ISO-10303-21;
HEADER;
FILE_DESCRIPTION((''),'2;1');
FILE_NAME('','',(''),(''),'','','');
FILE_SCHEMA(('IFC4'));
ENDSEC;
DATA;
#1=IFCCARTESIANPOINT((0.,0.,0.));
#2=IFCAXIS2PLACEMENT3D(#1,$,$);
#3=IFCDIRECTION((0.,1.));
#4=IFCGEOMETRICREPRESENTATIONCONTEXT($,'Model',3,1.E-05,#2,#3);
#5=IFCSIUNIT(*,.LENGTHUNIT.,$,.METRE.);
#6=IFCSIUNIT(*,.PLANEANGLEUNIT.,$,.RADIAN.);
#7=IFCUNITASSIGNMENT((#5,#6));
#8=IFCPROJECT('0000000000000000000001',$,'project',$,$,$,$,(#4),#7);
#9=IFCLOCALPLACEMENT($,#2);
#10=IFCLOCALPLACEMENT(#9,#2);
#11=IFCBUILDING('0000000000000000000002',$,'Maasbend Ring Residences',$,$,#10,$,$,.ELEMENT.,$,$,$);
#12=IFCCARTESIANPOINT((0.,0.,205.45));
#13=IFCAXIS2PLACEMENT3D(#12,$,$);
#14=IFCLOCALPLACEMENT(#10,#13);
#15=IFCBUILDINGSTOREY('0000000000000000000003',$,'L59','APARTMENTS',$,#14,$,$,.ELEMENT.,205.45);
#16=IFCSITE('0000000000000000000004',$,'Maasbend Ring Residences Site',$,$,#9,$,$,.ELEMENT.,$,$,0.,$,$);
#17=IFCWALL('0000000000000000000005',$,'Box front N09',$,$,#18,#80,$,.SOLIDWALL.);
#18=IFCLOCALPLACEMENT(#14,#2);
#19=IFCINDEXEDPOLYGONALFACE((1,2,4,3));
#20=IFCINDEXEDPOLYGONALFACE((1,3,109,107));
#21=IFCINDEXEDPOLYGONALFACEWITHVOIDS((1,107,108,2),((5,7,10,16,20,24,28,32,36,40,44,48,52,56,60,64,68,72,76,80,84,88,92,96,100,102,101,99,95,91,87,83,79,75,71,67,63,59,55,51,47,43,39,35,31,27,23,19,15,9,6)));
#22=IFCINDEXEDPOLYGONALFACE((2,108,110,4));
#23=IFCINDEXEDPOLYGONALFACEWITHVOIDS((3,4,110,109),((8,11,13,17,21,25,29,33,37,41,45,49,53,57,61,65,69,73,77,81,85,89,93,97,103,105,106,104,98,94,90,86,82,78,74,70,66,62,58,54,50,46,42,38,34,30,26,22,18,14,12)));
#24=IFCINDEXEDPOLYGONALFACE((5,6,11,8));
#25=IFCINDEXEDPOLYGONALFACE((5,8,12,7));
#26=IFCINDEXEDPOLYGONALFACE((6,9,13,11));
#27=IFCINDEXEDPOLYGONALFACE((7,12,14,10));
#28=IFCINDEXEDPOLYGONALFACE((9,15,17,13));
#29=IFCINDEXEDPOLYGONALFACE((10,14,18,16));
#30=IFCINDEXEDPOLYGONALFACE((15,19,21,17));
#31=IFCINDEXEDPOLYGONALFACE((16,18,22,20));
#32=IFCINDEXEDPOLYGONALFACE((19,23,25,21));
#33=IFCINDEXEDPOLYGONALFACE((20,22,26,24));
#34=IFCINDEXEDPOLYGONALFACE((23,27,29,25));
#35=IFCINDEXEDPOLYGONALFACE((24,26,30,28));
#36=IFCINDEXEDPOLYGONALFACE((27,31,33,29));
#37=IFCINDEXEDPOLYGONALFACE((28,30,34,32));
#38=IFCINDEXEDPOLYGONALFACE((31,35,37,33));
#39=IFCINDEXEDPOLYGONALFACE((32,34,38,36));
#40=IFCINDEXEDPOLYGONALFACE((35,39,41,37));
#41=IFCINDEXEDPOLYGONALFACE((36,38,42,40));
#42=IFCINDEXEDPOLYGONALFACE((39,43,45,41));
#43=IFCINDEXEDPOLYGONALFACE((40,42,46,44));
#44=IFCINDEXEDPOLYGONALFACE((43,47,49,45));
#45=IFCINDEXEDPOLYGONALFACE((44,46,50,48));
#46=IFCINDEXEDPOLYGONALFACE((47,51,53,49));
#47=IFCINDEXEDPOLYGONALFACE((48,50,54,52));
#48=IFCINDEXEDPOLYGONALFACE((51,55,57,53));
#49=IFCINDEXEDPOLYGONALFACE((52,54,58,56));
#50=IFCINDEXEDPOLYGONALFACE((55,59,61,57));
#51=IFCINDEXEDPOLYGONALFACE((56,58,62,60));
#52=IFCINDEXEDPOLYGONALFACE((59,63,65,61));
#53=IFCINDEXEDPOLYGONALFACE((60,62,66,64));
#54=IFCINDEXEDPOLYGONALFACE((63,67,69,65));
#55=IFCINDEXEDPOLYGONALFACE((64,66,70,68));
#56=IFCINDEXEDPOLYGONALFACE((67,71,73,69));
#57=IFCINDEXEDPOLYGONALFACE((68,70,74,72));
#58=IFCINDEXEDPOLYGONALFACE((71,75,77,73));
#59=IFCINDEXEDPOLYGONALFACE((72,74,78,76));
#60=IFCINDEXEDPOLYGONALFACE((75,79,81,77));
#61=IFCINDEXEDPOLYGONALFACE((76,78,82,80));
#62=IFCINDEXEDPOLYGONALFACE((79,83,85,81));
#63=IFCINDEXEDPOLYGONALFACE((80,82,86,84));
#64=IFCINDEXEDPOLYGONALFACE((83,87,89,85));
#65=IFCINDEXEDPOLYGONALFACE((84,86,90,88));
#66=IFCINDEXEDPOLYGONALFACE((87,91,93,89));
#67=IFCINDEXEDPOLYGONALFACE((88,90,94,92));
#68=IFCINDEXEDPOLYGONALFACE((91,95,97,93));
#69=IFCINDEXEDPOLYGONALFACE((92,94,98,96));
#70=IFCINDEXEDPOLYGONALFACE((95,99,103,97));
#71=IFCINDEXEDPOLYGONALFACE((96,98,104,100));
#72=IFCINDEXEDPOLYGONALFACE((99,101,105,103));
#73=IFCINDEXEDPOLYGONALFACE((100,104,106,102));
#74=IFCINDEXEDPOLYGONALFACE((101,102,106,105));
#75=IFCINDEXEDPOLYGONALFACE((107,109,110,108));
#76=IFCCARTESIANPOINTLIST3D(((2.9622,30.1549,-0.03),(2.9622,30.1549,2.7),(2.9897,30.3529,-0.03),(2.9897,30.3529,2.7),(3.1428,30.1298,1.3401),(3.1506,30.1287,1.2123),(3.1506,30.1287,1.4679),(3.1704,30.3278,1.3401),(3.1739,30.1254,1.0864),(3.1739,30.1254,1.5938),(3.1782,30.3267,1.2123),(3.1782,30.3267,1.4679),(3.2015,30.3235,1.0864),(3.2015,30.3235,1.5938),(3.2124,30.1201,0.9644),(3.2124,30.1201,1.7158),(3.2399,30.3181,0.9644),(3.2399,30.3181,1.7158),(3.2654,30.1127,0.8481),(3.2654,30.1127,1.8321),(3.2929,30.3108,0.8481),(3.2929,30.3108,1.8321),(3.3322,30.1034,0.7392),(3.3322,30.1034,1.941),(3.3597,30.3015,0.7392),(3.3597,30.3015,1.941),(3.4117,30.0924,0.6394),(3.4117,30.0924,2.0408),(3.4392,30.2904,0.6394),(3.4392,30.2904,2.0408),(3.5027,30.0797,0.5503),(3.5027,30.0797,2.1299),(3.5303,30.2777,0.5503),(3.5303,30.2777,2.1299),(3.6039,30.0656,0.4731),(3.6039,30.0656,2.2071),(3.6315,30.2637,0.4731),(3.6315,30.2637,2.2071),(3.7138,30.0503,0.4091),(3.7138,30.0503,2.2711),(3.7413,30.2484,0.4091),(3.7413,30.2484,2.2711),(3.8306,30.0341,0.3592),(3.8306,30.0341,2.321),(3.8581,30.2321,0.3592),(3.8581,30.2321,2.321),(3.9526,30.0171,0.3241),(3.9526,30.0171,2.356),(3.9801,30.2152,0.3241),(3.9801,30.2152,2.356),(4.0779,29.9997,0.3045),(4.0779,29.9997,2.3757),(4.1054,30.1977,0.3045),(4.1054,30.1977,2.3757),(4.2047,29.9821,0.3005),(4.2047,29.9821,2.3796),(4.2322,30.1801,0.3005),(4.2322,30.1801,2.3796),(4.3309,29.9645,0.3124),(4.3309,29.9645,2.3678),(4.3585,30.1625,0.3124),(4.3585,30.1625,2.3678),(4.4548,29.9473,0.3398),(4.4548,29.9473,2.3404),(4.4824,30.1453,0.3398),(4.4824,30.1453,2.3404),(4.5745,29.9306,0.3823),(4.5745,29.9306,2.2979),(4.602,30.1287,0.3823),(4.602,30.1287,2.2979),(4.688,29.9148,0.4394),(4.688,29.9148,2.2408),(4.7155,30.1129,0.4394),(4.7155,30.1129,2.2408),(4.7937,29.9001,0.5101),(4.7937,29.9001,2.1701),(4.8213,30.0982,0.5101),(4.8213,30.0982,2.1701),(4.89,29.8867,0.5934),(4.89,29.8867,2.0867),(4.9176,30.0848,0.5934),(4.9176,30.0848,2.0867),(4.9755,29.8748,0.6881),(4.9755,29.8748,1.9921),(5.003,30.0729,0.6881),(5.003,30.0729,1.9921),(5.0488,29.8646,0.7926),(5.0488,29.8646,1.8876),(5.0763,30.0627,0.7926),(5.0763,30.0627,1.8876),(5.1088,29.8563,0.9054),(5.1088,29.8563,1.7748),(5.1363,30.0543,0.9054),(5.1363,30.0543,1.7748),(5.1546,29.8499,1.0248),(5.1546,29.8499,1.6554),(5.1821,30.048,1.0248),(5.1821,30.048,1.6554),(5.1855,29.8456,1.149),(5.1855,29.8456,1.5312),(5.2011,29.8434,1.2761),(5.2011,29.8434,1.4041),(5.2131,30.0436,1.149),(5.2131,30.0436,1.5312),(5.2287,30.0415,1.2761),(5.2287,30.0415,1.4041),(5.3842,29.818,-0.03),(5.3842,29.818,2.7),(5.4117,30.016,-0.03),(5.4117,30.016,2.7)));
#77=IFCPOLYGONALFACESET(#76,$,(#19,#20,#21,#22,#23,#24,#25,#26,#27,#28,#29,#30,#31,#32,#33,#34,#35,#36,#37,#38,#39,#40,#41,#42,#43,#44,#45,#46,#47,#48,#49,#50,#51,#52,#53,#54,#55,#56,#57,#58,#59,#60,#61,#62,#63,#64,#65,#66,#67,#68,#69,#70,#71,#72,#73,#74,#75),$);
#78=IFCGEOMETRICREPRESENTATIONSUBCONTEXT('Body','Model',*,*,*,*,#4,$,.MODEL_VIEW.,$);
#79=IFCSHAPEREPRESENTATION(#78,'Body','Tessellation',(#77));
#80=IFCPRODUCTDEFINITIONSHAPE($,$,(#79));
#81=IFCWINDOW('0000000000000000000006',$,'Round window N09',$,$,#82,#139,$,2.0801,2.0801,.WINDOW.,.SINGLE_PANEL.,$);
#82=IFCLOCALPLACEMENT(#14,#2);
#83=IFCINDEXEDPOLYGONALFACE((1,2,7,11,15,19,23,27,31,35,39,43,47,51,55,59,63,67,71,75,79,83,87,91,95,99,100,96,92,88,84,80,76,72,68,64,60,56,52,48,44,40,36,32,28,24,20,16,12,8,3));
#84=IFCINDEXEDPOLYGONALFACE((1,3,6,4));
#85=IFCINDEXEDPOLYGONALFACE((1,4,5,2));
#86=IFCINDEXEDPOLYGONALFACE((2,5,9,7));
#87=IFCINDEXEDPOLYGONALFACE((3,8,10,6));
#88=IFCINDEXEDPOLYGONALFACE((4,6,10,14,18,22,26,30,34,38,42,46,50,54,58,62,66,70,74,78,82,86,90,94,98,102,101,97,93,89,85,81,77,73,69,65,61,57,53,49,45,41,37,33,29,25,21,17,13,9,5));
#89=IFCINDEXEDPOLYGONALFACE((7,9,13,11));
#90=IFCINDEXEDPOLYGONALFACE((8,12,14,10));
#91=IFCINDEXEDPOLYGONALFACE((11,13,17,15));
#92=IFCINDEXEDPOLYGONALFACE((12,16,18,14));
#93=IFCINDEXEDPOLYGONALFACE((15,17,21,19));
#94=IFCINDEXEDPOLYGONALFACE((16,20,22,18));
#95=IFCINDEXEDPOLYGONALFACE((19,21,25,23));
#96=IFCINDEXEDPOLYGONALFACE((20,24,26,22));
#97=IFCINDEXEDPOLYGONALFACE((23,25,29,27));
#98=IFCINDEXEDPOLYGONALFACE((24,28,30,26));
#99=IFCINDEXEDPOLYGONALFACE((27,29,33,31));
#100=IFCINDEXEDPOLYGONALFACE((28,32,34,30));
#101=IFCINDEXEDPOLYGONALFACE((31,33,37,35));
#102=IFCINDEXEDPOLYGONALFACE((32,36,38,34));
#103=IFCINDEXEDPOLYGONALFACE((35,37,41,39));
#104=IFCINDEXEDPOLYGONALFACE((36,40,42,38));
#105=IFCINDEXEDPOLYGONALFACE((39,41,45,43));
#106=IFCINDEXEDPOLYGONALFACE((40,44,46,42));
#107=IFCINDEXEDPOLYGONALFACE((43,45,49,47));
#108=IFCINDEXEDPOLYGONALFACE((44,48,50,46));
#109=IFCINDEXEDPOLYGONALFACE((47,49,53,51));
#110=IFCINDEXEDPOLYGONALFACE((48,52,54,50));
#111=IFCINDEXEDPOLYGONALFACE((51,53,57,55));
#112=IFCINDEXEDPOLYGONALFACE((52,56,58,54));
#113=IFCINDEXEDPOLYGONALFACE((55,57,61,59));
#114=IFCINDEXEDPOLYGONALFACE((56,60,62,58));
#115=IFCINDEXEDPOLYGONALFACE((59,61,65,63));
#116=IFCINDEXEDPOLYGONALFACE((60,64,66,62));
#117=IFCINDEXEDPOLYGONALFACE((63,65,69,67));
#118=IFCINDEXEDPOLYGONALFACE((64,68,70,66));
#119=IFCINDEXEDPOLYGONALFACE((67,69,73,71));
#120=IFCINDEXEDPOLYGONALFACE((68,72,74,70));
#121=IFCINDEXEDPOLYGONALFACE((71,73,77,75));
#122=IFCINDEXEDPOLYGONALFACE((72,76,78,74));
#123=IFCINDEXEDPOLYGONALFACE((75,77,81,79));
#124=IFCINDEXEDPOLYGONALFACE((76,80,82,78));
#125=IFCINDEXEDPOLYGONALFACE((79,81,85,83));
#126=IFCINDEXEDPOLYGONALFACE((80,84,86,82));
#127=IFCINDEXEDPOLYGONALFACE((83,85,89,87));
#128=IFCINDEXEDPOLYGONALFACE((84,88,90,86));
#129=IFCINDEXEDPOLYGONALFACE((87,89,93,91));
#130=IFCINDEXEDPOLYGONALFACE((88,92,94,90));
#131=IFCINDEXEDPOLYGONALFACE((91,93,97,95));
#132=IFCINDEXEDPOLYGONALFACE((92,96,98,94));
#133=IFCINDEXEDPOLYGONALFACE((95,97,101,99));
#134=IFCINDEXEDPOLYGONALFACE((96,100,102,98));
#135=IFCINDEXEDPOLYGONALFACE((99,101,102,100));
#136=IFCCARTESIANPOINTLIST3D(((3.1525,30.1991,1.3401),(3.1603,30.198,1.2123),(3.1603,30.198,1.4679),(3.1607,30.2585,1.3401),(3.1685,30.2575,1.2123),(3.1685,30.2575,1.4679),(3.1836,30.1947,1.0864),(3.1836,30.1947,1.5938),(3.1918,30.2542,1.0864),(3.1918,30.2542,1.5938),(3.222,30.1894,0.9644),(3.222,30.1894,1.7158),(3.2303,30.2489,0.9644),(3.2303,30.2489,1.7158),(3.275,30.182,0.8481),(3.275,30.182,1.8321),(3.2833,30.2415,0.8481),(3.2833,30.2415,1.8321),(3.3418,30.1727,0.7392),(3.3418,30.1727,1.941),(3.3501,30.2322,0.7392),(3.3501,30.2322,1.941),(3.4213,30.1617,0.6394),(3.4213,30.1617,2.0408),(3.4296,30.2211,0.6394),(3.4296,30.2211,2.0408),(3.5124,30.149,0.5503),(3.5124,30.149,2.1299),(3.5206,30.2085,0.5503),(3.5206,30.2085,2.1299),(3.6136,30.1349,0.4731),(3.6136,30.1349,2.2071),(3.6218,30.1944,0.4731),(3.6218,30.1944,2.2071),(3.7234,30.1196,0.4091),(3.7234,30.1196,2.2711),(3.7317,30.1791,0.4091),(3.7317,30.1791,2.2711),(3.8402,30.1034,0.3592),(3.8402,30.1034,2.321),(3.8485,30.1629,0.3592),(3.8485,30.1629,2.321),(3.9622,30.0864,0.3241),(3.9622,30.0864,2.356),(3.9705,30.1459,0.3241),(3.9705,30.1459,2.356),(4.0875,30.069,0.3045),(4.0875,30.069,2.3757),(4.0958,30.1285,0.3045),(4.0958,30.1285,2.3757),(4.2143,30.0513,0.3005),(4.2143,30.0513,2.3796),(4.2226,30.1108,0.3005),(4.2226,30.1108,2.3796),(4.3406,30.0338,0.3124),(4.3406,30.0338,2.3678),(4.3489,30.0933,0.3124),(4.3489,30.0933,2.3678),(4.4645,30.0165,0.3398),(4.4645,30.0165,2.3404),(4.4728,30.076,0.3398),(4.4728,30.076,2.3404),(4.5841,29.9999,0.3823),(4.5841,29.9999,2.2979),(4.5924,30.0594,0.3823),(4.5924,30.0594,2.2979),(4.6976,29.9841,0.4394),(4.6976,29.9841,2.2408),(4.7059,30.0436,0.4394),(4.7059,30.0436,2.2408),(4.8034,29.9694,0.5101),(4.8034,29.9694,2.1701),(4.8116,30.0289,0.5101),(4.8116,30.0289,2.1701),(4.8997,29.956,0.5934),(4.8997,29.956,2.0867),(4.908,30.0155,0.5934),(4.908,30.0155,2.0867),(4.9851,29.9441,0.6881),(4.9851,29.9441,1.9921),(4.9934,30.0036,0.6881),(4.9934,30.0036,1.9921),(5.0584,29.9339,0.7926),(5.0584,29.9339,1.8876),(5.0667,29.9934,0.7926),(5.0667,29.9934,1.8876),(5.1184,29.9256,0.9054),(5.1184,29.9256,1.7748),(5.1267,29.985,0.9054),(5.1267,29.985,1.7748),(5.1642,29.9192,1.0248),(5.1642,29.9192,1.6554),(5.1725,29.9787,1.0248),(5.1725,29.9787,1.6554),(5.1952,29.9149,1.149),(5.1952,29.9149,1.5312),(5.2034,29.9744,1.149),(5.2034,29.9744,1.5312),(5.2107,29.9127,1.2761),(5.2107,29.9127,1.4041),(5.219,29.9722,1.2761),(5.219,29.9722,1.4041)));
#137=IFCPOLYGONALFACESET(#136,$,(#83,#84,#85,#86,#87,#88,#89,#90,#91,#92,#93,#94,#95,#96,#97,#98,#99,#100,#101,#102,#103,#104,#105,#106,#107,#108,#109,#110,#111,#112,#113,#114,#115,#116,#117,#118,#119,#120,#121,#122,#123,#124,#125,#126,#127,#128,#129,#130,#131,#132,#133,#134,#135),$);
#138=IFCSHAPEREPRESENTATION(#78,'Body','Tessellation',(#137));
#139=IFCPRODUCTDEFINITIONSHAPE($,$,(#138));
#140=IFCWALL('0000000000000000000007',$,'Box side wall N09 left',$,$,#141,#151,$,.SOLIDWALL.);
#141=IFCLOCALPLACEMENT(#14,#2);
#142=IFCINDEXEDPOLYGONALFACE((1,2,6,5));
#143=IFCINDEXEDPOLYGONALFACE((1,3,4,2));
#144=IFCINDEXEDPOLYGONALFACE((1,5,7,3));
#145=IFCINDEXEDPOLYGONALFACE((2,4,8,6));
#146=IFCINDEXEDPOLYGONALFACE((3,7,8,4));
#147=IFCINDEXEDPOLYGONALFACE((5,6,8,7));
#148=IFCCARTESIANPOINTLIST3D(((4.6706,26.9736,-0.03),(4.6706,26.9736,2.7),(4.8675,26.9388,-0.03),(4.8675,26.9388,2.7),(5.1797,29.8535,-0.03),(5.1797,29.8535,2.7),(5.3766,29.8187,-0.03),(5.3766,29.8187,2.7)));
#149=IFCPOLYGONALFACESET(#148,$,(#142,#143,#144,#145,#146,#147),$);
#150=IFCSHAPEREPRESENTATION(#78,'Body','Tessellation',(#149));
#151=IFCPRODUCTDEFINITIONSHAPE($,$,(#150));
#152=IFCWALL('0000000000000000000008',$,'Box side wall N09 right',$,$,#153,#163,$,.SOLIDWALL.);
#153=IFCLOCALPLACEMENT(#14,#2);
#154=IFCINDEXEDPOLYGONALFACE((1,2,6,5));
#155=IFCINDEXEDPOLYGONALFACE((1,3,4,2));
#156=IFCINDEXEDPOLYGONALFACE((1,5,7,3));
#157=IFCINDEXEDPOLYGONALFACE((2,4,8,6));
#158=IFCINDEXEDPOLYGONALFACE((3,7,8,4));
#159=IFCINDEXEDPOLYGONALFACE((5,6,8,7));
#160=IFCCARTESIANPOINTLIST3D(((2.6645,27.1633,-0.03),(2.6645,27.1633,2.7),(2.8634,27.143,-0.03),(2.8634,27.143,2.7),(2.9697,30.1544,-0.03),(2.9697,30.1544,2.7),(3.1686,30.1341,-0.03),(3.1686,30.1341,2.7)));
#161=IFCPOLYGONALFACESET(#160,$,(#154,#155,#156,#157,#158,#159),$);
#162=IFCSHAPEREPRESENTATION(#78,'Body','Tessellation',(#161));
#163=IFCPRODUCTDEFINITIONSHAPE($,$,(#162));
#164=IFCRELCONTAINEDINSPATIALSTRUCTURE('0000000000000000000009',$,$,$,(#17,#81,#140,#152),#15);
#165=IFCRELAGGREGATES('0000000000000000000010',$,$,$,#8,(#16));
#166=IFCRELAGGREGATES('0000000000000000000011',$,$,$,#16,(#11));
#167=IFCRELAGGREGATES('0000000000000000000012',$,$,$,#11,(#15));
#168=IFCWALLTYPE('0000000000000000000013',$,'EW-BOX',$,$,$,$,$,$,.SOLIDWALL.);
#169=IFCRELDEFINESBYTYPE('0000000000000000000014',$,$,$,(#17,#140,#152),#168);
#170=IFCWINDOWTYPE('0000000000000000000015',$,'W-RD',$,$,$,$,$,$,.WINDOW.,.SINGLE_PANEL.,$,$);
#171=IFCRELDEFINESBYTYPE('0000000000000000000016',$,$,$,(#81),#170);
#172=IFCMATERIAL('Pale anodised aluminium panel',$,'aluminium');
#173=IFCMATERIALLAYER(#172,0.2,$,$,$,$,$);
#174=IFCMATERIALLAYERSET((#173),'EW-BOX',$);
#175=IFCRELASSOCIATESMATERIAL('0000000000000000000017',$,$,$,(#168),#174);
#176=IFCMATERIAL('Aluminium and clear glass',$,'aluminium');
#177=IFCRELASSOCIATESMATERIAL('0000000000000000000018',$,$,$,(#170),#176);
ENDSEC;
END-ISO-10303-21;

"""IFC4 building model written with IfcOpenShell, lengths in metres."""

from ifc_helpers import new_model, si_unit, direction, frame, frame_2d, origin, place, context, subcontext, project, spatial, rectangle, circle, extrude, material, layer, layer_set, type_object, element, fill, save


model = new_model("IFC4")

# Units and contexts
model_context = context("Model", 3, precision=1e-05, world=origin(), true_north=direction((0.0, 1.0)))
body_context = subcontext(model_context, "Body", "Model", "MODEL_VIEW")
ifc_project = project(units=[si_unit("LENGTHUNIT", "METRE"), si_unit("PLANEANGLEUNIT", "RADIAN")], contexts=[model_context])

# Site, building, storey
site_placement = place(None, origin())
site = spatial("IfcSite", under=ifc_project, at=site_placement, Name="Maasbend Ring Residences Site", CompositionType="ELEMENT", RefElevation=0.0)
building_placement = place(site_placement, origin())
building = spatial("IfcBuilding", under=site, at=building_placement, Name="Maasbend Ring Residences", CompositionType="ELEMENT")
storey_placement = place(building_placement, frame((0.0, 0.0, 205.45)))
storey = spatial("IfcBuildingStorey", under=building, at=storey_placement, Name="L59", Description="APARTMENTS", CompositionType="ELEMENT", Elevation=205.45)

# Shared definitions
ifc_material_1 = material(Name="Pale anodised aluminium panel", Category="aluminium")
ifc_layer_1 = layer(ifc_material_1, 0.2)
ifc_layer_set_1 = layer_set([ifc_layer_1], Name="EW-BOX")
wall_type_1 = type_object("IfcWallType", Name="EW-BOX", PredefinedType="SOLIDWALL", material=ifc_layer_set_1)

# Wall, opening, window
wall_1_placement = place(storey_placement, frame((5.3979, 29.917, -0.03), z_axis=(0.0, 0.0, 1.0), x_axis=(-0.990462, 0.137786, 0.0)))
wall_1 = element("IfcWall", 1, at=wall_1_placement, inside=storey, type_object=wall_type_1, Name="Box front N09", PredefinedType="SOLIDWALL", context=body_context, shape_type="SweptSolid", body=[
    extrude(rectangle(XDim=2.4453, YDim=0.2, at=frame_2d((1.2227, 0.0))), origin(), (0.0, 0.0, 1.0), 2.73),
])
opening_1_placement = place(wall_1_placement, frame((0.1829, 0.0, 0.3301)))
opening_1 = element("IfcOpeningElement", 2, at=opening_1_placement, cuts=wall_1, PredefinedType="OPENING", context=body_context, shape_type="SweptSolid", body=[
    extrude(circle(Radius=1.04, at=frame_2d((1.04, 1.04))), frame((0.0, 0.1099, 0.0), z_axis=(0.0, -1.0, 0.0), x_axis=(1.0, 0.0, 0.0)), (0.0, 0.0, 1.0), 0.22),
])
ifc_material_2 = material(Name="Aluminium and clear glass", Category="aluminium")
window_type_1 = type_object("IfcWindowType", Name="W-RD", PartitioningType="SINGLE_PANEL", PredefinedType="WINDOW", material=ifc_material_2)
window_1_placement = place(opening_1_placement, origin())
window_1 = element("IfcWindow", 3, at=window_1_placement, inside=storey, type_object=window_type_1, Name="Round window N09", OverallHeight=2.0801, OverallWidth=2.0801, PartitioningType="SINGLE_PANEL", PredefinedType="WINDOW", context=body_context, shape_type="SweptSolid", body=[
    extrude(circle(Radius=1.04, at=frame_2d((1.04, 1.04))), frame((0.0, 0.03, 0.0), z_axis=(0.0, -1.0, 0.0), x_axis=(1.0, 0.0, 0.0)), (0.0, 0.0, 1.0), 0.0601),
])
fill(opening_1, window_1)

# Walls
wall_2_placement = place(storey_placement, frame((4.769, 26.9561, -0.03), z_axis=(0.0, 0.0, 1.0), x_axis=(0.174057, 0.984736, 0.0)))
element("IfcWall", 4, at=wall_2_placement, inside=storey, type_object=wall_type_1, Name="Box side wall N09 left", PredefinedType="SOLIDWALL", context=body_context, shape_type="SweptSolid", body=[
    extrude(rectangle(XDim=2.9246, YDim=0.2, at=frame_2d((1.4624, 0.0))), origin(), (0.0, 0.0, 1.0), 2.73),
])
wall_3_placement = place(storey_placement, frame((2.7639, 27.1531, -0.03), z_axis=(0.0, 0.0, 1.0), x_axis=(0.101505, 0.994835, 0.0)))
element("IfcWall", 5, at=wall_3_placement, inside=storey, type_object=wall_type_1, Name="Box side wall N09 right", PredefinedType="SOLIDWALL", context=body_context, shape_type="SweptSolid", body=[
    extrude(rectangle(XDim=3.0066, YDim=0.2, at=frame_2d((1.5034, 0.0))), origin(), (0.0, 0.0, 1.0), 2.73),
])

save(model, "model.ifc")
